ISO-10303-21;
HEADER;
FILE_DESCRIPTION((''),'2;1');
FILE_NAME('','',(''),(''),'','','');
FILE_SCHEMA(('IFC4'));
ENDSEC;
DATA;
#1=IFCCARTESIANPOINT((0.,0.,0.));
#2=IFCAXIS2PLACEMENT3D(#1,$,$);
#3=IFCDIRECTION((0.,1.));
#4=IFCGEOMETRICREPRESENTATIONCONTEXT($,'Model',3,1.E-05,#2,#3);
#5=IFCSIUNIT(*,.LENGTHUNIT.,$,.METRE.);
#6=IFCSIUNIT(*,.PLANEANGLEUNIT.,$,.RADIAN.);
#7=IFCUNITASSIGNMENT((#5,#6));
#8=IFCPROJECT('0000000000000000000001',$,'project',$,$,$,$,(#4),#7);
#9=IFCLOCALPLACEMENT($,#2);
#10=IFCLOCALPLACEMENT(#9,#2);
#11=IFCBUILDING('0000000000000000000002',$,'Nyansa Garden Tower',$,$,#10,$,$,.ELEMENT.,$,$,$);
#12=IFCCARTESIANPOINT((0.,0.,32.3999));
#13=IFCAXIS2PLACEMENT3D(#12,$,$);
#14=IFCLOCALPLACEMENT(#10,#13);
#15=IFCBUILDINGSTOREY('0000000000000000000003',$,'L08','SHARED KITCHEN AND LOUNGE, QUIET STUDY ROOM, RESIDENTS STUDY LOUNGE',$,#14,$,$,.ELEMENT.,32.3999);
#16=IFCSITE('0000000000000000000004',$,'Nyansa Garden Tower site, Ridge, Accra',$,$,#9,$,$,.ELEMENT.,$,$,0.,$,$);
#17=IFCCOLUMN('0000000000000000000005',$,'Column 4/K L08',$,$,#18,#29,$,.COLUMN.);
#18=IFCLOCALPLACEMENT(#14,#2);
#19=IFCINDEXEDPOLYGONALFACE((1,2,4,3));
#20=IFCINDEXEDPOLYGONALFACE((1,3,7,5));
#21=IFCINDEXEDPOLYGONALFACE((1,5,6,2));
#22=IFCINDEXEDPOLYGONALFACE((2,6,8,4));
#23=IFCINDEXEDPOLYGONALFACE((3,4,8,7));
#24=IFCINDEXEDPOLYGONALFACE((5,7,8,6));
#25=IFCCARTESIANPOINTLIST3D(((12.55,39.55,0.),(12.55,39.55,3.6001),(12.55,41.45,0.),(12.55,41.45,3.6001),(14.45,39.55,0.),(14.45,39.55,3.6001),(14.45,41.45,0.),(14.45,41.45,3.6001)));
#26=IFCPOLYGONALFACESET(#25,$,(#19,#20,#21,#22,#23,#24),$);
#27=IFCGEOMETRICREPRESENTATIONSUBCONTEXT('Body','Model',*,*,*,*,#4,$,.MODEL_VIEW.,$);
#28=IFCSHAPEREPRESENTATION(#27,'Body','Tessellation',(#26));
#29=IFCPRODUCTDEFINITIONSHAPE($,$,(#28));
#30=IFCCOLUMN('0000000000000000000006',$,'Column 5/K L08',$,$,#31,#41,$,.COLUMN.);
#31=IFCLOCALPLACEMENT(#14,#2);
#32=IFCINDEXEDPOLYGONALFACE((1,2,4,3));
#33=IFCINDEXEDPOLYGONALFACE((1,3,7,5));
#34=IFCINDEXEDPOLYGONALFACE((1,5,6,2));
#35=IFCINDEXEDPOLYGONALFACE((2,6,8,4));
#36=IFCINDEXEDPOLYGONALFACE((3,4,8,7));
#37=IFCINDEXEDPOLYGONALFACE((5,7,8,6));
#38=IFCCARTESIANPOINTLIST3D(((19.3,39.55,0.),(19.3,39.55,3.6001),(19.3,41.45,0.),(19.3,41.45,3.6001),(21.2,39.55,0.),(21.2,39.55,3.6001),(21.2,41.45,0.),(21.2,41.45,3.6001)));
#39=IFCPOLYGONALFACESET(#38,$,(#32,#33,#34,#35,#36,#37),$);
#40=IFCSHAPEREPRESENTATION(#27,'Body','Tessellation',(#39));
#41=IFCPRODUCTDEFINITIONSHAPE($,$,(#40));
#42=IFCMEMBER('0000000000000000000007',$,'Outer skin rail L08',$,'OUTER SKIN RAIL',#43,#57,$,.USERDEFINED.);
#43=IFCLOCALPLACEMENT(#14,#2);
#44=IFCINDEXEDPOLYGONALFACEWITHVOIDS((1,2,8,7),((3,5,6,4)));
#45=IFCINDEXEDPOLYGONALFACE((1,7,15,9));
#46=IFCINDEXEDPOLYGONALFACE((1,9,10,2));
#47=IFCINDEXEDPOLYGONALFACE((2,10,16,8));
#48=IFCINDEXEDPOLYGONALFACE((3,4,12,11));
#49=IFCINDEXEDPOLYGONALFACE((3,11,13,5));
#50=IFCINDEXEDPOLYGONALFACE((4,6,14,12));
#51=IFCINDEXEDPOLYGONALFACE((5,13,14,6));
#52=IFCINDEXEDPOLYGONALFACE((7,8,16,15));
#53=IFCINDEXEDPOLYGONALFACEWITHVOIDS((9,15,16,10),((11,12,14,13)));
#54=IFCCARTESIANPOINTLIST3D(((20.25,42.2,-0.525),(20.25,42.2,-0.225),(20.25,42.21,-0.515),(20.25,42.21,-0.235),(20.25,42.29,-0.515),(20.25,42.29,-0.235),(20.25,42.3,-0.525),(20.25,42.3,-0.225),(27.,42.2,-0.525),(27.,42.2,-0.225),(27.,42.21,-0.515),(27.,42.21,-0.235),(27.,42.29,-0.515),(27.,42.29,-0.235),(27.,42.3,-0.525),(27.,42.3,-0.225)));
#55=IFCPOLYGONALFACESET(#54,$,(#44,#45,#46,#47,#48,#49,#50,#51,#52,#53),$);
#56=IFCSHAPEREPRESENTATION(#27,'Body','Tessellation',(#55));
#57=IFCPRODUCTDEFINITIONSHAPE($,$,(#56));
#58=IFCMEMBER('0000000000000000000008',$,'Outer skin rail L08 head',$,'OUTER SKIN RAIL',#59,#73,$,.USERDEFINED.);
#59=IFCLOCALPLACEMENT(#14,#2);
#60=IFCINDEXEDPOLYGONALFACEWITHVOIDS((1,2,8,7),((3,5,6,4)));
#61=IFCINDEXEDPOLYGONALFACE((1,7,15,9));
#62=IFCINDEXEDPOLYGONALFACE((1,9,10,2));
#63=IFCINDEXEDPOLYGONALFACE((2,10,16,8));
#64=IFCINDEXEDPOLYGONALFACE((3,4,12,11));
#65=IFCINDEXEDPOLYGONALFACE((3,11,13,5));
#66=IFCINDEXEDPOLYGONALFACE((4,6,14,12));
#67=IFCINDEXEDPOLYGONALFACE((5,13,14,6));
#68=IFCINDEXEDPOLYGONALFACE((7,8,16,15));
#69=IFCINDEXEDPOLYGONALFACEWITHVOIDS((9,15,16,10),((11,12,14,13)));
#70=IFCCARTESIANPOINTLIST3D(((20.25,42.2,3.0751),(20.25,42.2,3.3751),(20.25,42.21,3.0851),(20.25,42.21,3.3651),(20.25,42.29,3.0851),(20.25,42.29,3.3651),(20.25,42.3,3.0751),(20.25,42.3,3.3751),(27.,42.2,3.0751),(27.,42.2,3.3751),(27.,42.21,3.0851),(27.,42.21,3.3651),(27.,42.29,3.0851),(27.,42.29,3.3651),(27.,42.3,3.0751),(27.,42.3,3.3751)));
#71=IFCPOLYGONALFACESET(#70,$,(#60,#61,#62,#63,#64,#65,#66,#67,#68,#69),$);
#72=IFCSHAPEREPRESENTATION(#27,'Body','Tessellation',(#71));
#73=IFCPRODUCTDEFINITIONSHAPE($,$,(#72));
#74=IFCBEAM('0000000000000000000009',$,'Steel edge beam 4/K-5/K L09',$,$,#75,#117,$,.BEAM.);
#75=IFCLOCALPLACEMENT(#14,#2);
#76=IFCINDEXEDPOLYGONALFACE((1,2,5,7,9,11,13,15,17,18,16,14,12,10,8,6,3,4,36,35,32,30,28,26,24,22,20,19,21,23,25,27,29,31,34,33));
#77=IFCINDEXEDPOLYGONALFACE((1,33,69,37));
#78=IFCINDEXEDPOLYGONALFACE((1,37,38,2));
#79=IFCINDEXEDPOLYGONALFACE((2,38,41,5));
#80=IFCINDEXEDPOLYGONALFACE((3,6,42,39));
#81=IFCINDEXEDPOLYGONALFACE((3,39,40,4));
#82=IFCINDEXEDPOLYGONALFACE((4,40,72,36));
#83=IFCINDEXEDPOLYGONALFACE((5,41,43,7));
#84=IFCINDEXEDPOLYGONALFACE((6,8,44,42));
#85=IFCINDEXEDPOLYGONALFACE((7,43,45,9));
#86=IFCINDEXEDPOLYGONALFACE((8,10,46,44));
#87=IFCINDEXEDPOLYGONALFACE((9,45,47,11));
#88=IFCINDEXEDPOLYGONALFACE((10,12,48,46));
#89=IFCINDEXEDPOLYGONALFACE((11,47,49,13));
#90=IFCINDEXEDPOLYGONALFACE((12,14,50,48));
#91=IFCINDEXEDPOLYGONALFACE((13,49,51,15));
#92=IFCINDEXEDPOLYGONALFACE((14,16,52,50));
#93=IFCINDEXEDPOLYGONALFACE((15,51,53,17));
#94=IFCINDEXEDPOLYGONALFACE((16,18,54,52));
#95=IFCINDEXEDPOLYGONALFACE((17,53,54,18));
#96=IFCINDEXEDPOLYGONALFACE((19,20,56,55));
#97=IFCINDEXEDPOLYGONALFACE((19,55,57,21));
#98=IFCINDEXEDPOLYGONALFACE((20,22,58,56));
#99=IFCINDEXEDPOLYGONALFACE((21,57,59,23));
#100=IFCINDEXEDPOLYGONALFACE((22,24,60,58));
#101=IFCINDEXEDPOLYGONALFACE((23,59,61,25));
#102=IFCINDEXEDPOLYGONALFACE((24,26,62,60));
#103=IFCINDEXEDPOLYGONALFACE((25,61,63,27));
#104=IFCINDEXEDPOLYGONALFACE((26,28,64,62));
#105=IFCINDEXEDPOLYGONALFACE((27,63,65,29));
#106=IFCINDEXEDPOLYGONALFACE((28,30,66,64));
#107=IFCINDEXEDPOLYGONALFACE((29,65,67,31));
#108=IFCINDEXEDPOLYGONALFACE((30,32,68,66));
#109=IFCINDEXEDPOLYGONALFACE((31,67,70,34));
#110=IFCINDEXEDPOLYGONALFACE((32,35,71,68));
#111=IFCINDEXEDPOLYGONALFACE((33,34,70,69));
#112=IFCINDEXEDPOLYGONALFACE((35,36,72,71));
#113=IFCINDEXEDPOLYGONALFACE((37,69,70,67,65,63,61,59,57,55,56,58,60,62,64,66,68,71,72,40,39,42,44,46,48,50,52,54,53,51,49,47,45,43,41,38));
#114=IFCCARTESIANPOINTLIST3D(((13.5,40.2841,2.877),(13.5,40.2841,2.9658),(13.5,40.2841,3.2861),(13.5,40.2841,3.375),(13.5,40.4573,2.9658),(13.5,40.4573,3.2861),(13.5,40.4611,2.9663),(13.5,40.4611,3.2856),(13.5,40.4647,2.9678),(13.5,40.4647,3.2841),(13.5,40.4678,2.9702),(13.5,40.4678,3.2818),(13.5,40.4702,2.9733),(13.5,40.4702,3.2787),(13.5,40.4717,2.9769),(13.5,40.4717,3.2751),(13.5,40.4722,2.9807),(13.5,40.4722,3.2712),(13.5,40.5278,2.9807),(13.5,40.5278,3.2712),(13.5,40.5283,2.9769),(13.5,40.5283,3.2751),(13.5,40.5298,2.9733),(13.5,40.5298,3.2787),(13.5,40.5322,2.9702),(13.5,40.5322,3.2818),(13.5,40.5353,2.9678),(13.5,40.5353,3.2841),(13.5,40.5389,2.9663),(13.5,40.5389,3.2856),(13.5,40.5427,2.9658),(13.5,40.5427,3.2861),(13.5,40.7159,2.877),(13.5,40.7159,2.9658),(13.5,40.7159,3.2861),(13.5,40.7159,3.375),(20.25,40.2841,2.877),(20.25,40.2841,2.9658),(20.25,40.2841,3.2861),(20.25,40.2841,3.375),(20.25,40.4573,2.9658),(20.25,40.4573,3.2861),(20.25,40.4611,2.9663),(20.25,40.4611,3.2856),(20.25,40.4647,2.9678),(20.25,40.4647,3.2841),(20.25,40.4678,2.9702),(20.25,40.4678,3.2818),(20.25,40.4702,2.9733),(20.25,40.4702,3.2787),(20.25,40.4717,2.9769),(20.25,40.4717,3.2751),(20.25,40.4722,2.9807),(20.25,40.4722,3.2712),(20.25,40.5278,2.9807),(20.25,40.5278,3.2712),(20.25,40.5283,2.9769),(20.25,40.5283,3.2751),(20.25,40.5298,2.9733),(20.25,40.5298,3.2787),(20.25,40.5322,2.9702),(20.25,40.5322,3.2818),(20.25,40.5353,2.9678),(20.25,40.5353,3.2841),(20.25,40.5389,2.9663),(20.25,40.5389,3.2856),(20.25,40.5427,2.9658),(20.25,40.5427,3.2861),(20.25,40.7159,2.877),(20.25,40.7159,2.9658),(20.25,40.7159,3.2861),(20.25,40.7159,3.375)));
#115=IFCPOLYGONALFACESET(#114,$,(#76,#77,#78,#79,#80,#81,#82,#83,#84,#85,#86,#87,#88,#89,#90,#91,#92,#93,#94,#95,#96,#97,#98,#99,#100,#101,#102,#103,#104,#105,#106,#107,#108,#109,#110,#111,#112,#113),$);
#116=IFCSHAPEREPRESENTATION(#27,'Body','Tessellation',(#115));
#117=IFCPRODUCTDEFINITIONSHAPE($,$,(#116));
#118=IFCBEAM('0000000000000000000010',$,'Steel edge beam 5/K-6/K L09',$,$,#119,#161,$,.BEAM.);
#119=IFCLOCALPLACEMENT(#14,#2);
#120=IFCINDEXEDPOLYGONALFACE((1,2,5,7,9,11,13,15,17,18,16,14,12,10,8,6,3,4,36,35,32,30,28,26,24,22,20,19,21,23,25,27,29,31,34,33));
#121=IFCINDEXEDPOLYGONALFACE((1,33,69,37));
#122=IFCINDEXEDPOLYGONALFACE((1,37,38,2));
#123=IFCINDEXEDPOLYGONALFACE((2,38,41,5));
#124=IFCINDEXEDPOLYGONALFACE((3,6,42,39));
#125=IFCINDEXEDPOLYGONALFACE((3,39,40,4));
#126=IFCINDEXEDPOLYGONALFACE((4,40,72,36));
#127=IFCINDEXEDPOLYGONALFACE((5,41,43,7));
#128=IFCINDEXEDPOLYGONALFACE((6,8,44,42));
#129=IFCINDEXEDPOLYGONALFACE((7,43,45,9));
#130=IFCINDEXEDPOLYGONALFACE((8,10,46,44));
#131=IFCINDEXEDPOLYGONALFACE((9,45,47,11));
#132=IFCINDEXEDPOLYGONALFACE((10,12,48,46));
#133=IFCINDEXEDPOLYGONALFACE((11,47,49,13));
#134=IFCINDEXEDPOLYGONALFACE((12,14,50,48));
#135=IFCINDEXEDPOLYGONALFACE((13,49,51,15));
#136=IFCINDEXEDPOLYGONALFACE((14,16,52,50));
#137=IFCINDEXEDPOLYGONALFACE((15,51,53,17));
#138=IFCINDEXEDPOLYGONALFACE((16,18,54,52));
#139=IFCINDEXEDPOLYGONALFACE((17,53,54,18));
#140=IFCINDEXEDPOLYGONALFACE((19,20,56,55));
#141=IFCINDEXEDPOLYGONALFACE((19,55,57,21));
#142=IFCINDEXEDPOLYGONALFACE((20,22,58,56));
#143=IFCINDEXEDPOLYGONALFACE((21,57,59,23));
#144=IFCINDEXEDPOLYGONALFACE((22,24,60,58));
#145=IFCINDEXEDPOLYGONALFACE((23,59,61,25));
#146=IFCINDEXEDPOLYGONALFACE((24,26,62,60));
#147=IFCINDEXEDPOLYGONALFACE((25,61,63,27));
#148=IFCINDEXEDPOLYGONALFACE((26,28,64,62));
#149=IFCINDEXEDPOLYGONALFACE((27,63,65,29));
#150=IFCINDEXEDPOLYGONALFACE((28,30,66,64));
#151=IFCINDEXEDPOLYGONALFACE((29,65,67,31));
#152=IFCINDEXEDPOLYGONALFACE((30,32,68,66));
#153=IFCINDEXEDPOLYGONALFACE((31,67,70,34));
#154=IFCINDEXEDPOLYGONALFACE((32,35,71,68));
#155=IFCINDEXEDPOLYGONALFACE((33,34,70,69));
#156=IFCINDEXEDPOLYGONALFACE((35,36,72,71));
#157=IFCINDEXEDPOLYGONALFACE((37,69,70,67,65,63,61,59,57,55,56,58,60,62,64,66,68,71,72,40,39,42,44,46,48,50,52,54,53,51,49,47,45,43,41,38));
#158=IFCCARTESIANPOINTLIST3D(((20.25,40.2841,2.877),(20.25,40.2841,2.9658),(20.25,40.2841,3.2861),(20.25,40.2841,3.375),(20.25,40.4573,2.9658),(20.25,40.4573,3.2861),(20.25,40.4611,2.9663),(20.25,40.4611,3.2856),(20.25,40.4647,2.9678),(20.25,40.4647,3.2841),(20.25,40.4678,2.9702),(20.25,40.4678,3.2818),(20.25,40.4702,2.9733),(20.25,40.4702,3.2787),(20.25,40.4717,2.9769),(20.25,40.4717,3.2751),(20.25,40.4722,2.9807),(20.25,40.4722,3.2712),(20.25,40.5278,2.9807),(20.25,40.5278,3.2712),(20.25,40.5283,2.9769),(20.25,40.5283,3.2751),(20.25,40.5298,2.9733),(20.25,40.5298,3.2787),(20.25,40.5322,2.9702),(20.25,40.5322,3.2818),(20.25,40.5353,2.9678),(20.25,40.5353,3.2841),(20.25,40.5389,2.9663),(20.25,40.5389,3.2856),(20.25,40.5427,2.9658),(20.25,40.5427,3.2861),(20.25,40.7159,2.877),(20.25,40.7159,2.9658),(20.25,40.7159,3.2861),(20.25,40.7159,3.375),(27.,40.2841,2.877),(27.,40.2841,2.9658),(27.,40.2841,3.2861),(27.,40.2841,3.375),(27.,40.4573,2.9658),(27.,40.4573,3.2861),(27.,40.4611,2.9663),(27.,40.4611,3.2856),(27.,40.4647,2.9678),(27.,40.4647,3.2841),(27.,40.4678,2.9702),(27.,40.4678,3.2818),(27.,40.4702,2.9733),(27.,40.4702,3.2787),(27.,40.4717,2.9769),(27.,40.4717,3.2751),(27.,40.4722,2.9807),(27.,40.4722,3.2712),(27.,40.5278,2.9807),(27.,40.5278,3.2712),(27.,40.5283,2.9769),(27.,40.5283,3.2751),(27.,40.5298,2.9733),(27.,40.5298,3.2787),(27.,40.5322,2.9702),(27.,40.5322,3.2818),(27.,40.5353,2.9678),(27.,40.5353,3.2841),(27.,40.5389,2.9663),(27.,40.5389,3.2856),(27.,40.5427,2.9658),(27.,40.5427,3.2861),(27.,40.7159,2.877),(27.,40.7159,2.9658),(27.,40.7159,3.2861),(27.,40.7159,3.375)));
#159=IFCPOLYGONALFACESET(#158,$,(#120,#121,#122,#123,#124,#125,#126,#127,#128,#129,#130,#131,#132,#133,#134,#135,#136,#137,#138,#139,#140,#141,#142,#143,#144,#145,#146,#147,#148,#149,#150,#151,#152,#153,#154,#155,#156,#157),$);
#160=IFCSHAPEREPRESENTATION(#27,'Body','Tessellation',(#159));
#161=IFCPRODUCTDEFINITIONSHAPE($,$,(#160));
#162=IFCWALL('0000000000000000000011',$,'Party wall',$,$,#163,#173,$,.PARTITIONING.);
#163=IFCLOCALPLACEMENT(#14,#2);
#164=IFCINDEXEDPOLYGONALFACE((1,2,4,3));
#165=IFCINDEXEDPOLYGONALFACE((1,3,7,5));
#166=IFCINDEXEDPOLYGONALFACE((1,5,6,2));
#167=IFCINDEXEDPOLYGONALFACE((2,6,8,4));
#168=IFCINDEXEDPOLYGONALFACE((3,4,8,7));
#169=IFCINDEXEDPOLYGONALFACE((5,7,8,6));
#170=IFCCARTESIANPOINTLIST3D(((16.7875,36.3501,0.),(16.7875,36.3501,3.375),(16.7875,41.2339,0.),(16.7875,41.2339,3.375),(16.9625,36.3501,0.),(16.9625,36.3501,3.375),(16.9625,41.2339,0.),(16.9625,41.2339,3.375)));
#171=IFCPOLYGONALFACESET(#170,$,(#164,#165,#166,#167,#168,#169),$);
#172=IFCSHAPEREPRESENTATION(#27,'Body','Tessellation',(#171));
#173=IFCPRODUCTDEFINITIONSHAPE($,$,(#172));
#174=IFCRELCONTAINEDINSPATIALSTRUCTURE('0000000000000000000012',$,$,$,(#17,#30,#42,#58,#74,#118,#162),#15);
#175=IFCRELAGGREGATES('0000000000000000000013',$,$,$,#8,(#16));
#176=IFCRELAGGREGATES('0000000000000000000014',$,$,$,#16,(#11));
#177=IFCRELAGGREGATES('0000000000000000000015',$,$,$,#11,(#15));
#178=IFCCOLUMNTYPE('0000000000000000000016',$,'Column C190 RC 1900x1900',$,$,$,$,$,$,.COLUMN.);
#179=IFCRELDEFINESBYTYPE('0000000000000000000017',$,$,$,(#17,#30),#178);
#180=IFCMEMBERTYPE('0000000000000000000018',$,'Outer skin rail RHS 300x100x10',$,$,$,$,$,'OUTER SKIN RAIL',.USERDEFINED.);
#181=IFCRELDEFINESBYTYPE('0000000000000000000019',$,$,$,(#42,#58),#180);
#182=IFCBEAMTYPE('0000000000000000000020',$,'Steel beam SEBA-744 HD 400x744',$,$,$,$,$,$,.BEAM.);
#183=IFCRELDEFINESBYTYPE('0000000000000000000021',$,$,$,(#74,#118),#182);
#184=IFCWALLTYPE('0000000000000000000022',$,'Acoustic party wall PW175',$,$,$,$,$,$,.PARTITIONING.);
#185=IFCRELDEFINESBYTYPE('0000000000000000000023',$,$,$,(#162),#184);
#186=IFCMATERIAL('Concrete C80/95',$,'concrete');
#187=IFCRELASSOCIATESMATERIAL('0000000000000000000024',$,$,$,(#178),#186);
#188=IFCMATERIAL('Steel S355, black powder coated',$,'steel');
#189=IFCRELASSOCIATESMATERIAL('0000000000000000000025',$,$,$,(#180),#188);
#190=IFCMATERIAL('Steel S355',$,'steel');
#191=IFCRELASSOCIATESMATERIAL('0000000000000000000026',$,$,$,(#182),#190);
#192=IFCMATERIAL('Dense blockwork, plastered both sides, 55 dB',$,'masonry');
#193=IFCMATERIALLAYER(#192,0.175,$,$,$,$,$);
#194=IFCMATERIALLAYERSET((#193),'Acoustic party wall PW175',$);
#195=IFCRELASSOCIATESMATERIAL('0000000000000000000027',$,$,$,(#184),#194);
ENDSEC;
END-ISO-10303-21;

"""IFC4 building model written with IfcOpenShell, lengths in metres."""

from ifc_helpers import new_model, si_unit, direction, frame, frame_2d, origin, origin_2d, place, context, subcontext, project, spatial, rectangle, hollow_rectangle, i_section, extrude, material, layer, layer_set, material_profile, profile_set, type_object, element, save


model = new_model("IFC4")

# Units and contexts
model_context = context("Model", 3, precision=1e-05, world=origin(), true_north=direction((0.0, 1.0)))
body_context = subcontext(model_context, "Body", "Model", "MODEL_VIEW")
ifc_project = project(units=[si_unit("LENGTHUNIT", "METRE"), si_unit("PLANEANGLEUNIT", "RADIAN")], contexts=[model_context])

# Site, building, storey
site_placement = place(None, origin())
site = spatial("IfcSite", under=ifc_project, at=site_placement, Name="Nyansa Garden Tower site, Ridge, Accra", CompositionType="ELEMENT", RefElevation=0.0)
building_placement = place(site_placement, origin())
building = spatial("IfcBuilding", under=site, at=building_placement, Name="Nyansa Garden Tower", CompositionType="ELEMENT")
storey_placement = place(building_placement, frame((0.0, 0.0, 32.3999)))
storey = spatial("IfcBuildingStorey", under=building, at=storey_placement, Name="L08", Description="SHARED KITCHEN AND LOUNGE, QUIET STUDY ROOM, RESIDENTS STUDY LOUNGE", CompositionType="ELEMENT", Elevation=32.3999)

# Columns
ifc_material_1 = material(Name="Concrete C80/95", Category="concrete")
ifc_material_profile_1 = material_profile(ifc_material_1, rectangle(XDim=1.8999, YDim=1.8999, at=origin_2d()), Name="RC 1900x1900")
ifc_profile_set_1 = profile_set([ifc_material_profile_1], Name="Concrete C80/95")
column_type = type_object("IfcColumnType", Name="Column C190 RC 1900x1900", PredefinedType="COLUMN", material=ifc_profile_set_1)
for number, where, z_axis, x_axis, name in (
    (1, (13.5, 40.5, 0.0), (0.0, 0.0, 1.0), (1.0, 0.0, 0.0), "Column 4/K L08"),
    (2, (20.25, 40.5, 0.0), (0.0, 0.0, 1.0), (1.0, 0.0, 0.0), "Column 5/K L08"),
):
    element("IfcColumn", number, at=place(storey_placement, frame(where, z_axis=z_axis, x_axis=x_axis)), inside=storey, type_object=column_type, Name=name, PredefinedType="COLUMN", context=body_context, shape_type="SweptSolid", body=[
        extrude(rectangle(XDim=1.8999, YDim=1.8999, at=origin_2d()), origin(), (0.0, 0.0, 1.0), 3.6001),
    ])

# Members
ifc_material_2 = material(Name="Steel S355, black powder coated", Category="steel")
ifc_material_profile_2 = material_profile(ifc_material_2, hollow_rectangle(XDim=0.1001, YDim=0.3, WallThickness=0.01, at=origin_2d()), Name="RHS 300x100x10")
ifc_profile_set_2 = profile_set([ifc_material_profile_2], Name="Steel S355, black powder coated")
member_type = type_object("IfcMemberType", Name="Outer skin rail RHS 300x100x10", ElementType="OUTER SKIN RAIL", PredefinedType="USERDEFINED", material=ifc_profile_set_2)
for number, where, z_axis, x_axis, name in (
    (3, (20.25, 42.25, -0.375), (1.0, 0.0, 0.0), (0.0, 1.0, 0.0), "Outer skin rail L08"),
    (4, (20.25, 42.25, 3.2251), (1.0, 0.0, 0.0), (0.0, 1.0, 0.0), "Outer skin rail L08 head"),
):
    element("IfcMember", number, at=place(storey_placement, frame(where, z_axis=z_axis, x_axis=x_axis)), inside=storey, type_object=member_type, Name=name, ObjectType="OUTER SKIN RAIL", PredefinedType="USERDEFINED", context=body_context, shape_type="SweptSolid", body=[
        extrude(hollow_rectangle(XDim=0.1001, YDim=0.3, WallThickness=0.01, at=origin_2d()), origin(), (0.0, 0.0, 1.0), 6.75),
    ])

# Beams
ifc_material_3 = material(Name="Steel S355", Category="steel")
ifc_material_profile_3 = material_profile(ifc_material_3, i_section(OverallWidth=0.4319, OverallDepth=0.498, WebThickness=0.0557, FlangeThickness=0.0889, FilletRadius=0.0149, at=origin_2d()), Name="HD 400x744")
ifc_profile_set_3 = profile_set([ifc_material_profile_3], Name="Steel S355")
beam_type = type_object("IfcBeamType", Name="Steel beam SEBA-744 HD 400x744", PredefinedType="BEAM", material=ifc_profile_set_3)
for number, where, z_axis, x_axis, name in (
    (5, (13.5, 40.5, 3.126), (1.0, 0.0, 0.0), (0.0, 1.0, 0.0), "Steel edge beam 4/K-5/K L09"),
    (6, (20.25, 40.5, 3.126), (1.0, 0.0, 0.0), (0.0, 1.0, 0.0), "Steel edge beam 5/K-6/K L09"),
):
    element("IfcBeam", number, at=place(storey_placement, frame(where, z_axis=z_axis, x_axis=x_axis)), inside=storey, type_object=beam_type, Name=name, PredefinedType="BEAM", context=body_context, shape_type="SweptSolid", body=[
        extrude(i_section(OverallWidth=0.4319, OverallDepth=0.498, WebThickness=0.0557, FlangeThickness=0.0889, FilletRadius=0.0149, at=origin_2d()), origin(), (0.0, 0.0, 1.0), 6.75),
    ])

# Wall
ifc_material_4 = material(Name="Dense blockwork, plastered both sides, 55 dB", Category="masonry")
ifc_layer_1 = layer(ifc_material_4, 0.175)
ifc_layer_set_1 = layer_set([ifc_layer_1], Name="Acoustic party wall PW175")
wall_type_1 = type_object("IfcWallType", Name="Acoustic party wall PW175", PredefinedType="PARTITIONING", material=ifc_layer_set_1)
wall_1_placement = place(storey_placement, frame((16.875, 36.3501, 0.0), z_axis=(0.0, 0.0, 1.0), x_axis=(0.0, 1.0, 0.0)))
element("IfcWall", 7, at=wall_1_placement, inside=storey, type_object=wall_type_1, Name="Party wall", PredefinedType="PARTITIONING", context=body_context, shape_type="SweptSolid", body=[
    extrude(rectangle(XDim=4.8838, YDim=0.175, at=frame_2d((2.4419, 0.0))), origin(), (0.0, 0.0, 1.0), 3.375),
])

save(model, "model.ifc")
